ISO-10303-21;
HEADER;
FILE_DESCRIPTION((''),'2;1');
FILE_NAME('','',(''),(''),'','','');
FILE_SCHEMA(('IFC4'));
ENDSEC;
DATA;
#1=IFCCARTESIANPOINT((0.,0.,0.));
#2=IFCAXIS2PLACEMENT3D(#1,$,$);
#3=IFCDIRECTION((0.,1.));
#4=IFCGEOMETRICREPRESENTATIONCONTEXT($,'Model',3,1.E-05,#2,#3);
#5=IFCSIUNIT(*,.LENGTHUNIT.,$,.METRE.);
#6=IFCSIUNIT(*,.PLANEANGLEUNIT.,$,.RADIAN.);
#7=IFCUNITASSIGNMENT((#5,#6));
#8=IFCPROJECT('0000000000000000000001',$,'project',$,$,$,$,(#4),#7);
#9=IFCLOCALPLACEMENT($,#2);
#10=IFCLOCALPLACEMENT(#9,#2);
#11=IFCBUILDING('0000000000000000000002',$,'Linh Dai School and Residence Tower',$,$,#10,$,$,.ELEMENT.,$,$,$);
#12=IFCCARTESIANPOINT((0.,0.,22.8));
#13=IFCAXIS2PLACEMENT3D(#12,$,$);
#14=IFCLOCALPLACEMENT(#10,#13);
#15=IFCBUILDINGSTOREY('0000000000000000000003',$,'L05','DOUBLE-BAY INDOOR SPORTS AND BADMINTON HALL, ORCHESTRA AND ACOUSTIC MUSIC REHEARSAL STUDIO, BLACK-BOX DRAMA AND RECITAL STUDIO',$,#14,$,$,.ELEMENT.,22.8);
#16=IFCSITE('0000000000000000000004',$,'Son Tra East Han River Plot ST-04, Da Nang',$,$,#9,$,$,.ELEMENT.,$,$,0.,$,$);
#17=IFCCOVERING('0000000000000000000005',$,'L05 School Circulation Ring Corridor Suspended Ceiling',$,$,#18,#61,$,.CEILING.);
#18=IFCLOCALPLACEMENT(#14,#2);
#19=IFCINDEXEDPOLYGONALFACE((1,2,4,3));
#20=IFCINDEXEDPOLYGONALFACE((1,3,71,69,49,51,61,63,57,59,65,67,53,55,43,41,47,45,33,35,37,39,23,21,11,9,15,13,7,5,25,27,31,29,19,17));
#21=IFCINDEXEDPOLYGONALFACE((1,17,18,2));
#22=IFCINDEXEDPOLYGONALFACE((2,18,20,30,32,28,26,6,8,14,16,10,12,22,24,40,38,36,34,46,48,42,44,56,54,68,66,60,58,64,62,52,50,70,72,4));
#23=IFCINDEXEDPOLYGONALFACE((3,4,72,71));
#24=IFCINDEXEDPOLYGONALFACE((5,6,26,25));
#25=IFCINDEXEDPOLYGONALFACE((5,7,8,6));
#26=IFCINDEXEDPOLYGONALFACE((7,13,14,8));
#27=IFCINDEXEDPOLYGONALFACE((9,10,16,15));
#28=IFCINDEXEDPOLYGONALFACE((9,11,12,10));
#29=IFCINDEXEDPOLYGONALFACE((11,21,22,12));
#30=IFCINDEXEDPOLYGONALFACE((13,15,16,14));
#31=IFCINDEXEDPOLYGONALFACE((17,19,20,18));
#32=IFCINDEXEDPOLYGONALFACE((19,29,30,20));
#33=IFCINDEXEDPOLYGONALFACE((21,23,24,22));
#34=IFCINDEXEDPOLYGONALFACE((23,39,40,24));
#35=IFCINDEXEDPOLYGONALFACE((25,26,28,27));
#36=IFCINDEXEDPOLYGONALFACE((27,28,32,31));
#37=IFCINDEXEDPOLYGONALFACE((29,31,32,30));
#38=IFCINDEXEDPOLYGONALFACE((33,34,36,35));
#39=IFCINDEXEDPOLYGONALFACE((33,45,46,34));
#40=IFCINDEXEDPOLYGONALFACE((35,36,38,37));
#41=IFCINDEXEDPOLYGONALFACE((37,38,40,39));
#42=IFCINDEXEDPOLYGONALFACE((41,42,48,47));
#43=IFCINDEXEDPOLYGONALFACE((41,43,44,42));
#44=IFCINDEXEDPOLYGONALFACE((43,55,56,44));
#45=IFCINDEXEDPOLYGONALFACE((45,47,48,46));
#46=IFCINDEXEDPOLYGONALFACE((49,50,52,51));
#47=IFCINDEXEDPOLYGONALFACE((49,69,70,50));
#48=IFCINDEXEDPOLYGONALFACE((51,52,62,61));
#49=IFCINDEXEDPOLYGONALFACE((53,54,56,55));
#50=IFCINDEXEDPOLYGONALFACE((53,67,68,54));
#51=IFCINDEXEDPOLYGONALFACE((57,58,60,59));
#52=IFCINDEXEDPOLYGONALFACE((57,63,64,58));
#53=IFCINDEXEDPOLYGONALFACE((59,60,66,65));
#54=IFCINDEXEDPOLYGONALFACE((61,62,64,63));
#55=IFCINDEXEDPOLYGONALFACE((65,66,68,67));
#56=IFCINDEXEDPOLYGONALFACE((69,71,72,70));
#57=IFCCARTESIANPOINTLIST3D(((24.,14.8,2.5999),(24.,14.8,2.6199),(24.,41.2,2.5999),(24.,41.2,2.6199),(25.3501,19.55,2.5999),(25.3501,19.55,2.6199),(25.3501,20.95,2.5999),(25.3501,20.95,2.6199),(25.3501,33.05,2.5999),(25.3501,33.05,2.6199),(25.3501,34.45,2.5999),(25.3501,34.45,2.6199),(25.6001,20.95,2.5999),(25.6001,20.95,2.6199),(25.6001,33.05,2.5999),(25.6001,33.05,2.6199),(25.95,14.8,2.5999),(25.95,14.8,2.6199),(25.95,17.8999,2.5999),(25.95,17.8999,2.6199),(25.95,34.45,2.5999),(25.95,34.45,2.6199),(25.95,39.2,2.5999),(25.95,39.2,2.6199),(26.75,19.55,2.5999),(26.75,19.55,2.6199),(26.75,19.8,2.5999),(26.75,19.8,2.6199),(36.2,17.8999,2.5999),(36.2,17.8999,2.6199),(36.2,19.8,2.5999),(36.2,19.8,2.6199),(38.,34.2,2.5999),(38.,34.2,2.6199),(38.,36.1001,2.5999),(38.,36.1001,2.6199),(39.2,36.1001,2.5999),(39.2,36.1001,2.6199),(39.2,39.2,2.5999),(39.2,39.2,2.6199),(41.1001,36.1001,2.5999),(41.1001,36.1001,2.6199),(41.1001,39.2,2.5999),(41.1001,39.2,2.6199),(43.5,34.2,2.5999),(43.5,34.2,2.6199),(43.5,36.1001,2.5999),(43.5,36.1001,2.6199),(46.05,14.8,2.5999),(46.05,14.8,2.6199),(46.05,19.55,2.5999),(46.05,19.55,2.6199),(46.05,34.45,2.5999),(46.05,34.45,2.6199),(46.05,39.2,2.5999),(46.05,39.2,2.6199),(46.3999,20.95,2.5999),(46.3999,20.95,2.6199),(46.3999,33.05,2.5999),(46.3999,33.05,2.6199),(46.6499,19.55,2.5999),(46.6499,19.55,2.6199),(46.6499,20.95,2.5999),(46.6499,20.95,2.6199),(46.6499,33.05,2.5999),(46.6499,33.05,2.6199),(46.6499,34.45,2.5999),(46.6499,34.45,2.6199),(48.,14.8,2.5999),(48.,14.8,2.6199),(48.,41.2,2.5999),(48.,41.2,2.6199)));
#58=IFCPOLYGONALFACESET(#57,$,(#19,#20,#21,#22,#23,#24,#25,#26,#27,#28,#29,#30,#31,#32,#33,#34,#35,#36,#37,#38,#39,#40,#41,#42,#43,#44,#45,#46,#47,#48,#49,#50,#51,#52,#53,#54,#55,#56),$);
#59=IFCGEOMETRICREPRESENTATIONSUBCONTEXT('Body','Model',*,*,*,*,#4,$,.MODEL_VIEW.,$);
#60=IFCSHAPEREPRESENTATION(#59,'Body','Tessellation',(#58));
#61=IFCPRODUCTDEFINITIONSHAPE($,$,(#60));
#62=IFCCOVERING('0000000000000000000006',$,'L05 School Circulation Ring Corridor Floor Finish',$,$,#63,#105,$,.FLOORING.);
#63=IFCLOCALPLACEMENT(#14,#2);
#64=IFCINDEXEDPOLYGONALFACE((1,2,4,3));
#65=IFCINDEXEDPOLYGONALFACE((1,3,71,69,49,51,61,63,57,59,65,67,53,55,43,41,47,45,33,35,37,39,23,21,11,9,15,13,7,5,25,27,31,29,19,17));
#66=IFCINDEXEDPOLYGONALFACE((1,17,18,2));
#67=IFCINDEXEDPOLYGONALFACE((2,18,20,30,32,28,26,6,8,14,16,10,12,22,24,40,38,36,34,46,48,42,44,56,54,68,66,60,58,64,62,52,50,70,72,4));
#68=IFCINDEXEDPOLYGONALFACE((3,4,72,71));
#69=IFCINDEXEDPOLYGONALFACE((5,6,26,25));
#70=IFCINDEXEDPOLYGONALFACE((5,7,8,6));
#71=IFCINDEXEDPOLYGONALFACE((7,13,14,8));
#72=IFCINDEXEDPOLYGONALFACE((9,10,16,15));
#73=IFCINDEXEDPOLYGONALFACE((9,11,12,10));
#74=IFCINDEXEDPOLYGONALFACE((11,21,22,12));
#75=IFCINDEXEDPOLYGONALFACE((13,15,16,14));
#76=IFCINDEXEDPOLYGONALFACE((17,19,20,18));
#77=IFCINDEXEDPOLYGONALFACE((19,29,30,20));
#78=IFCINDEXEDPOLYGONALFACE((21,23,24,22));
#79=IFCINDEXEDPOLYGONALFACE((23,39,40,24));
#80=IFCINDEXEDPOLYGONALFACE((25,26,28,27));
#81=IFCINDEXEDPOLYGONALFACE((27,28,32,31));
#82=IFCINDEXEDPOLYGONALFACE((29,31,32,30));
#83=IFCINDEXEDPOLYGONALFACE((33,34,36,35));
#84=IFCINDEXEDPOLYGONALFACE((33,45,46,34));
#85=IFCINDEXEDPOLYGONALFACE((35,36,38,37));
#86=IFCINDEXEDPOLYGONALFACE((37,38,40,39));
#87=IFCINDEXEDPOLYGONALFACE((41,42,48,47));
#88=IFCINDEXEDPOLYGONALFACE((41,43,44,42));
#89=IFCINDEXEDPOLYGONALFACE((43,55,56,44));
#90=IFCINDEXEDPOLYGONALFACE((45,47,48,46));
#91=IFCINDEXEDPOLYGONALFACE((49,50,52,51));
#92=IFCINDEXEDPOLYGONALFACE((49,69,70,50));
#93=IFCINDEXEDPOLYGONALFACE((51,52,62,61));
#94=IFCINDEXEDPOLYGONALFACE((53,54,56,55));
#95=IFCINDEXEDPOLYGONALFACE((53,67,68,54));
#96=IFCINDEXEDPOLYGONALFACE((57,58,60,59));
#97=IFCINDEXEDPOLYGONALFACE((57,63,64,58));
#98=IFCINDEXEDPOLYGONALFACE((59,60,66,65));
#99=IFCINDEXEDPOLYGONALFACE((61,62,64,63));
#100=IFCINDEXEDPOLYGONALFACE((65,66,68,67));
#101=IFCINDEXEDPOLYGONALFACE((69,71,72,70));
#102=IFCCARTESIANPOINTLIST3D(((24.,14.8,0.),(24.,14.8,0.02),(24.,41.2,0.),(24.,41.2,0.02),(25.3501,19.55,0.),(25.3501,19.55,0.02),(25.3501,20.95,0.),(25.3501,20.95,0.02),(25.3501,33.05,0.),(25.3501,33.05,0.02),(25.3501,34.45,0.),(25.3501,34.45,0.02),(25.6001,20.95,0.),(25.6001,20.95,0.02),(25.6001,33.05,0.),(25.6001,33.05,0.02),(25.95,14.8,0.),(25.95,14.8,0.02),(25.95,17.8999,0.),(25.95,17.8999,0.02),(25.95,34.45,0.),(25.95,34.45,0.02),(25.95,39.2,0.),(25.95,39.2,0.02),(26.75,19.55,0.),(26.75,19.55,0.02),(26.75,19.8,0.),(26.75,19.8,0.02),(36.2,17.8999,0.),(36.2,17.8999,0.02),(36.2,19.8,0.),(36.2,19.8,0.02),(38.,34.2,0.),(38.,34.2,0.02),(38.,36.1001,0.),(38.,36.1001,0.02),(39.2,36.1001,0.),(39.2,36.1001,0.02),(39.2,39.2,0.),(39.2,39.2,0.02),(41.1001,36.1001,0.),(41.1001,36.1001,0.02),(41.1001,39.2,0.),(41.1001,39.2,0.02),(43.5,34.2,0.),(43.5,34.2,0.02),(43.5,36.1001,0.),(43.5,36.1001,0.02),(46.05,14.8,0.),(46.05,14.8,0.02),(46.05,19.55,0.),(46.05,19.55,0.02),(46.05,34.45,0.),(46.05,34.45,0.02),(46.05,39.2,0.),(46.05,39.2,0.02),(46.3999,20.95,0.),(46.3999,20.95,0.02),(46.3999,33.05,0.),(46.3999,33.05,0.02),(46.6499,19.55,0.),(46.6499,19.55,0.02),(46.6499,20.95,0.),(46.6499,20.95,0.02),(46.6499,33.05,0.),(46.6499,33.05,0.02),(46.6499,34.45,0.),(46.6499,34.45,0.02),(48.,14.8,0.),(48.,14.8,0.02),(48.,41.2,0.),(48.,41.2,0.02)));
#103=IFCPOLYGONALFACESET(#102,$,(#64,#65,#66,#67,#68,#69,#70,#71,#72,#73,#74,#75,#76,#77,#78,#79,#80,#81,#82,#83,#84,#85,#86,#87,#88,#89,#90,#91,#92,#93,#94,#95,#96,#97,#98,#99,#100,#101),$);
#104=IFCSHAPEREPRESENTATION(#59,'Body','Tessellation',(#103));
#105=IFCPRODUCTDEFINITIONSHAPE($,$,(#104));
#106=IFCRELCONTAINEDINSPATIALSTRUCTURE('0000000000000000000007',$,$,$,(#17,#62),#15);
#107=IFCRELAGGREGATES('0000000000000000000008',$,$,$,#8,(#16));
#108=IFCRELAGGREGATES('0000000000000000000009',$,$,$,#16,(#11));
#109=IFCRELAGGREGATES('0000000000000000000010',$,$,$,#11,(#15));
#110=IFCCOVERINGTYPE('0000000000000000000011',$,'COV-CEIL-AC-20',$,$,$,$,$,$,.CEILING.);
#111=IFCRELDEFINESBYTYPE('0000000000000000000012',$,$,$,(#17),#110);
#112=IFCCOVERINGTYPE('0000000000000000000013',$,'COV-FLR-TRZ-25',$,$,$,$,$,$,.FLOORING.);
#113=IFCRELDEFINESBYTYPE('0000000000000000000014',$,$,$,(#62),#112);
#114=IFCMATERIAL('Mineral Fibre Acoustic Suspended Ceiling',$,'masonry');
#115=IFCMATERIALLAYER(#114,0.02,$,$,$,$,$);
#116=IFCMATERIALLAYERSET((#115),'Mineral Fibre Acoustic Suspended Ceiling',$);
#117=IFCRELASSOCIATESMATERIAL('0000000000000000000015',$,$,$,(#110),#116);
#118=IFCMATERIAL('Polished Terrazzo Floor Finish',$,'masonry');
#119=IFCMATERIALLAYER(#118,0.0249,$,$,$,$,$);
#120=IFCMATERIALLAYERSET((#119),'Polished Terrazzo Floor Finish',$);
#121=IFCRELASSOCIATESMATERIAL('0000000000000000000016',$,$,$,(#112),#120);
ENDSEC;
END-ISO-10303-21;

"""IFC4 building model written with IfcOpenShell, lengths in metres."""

from ifc_helpers import new_model, si_unit, direction, frame, origin, place, context, subcontext, project, spatial, polyline, outline, extrude, material, layer, layer_set, type_object, element, save


model = new_model("IFC4")

# Units and contexts
model_context = context("Model", 3, precision=1e-05, world=origin(), true_north=direction((0.0, 1.0)))
body_context = subcontext(model_context, "Body", "Model", "MODEL_VIEW")
ifc_project = project(units=[si_unit("LENGTHUNIT", "METRE"), si_unit("PLANEANGLEUNIT", "RADIAN")], contexts=[model_context])

# Site, building, storey
site_placement = place(None, origin())
site = spatial("IfcSite", under=ifc_project, at=site_placement, Name="Son Tra East Han River Plot ST-04, Da Nang", CompositionType="ELEMENT", RefElevation=0.0)
building_placement = place(site_placement, origin())
building = spatial("IfcBuilding", under=site, at=building_placement, Name="Linh Dai School and Residence Tower", CompositionType="ELEMENT")
storey_placement = place(building_placement, frame((0.0, 0.0, 22.8)))
storey = spatial("IfcBuildingStorey", under=building, at=storey_placement, Name="L05", Description="DOUBLE-BAY INDOOR SPORTS AND BADMINTON HALL, ORCHESTRA AND ACOUSTIC MUSIC REHEARSAL STUDIO, BLACK-BOX DRAMA AND RECITAL STUDIO", CompositionType="ELEMENT", Elevation=22.8)

# Coverings
ifc_material_1 = material(Name="Mineral Fibre Acoustic Suspended Ceiling", Category="masonry")
ifc_layer_1 = layer(ifc_material_1, 0.02)
ifc_layer_set_1 = layer_set([ifc_layer_1], Name="Mineral Fibre Acoustic Suspended Ceiling")
covering_type_1 = type_object("IfcCoveringType", Name="COV-CEIL-AC-20", PredefinedType="CEILING", material=ifc_layer_set_1)
covering_1_placement = place(storey_placement, frame((0.0, 0.0, 2.5999)))
element("IfcCovering", 1, at=covering_1_placement, inside=storey, type_object=covering_type_1, Name="L05 School Circulation Ring Corridor Suspended Ceiling", PredefinedType="CEILING", context=body_context, shape_type="SweptSolid", body=[
    extrude(outline(polyline([(24.0, 41.2), (48.0, 41.2), (48.0, 14.8), (46.05, 14.8), (46.05, 19.55), (46.6499, 19.55), (46.6499, 20.95), (46.3999, 20.95), (46.3999, 33.05), (46.6499, 33.05), (46.6499, 34.45), (46.05, 34.45), (46.05, 39.2), (41.1001, 39.2), (41.1001, 36.1001), (43.5, 36.1001), (43.5, 34.2), (38.0, 34.2), (38.0, 36.1001), (39.2, 36.1001), (39.2, 39.2), (25.95, 39.2), (25.95, 34.45), (25.3501, 34.45), (25.3501, 33.05), (25.6001, 33.05), (25.6001, 20.95), (25.3501, 20.95), (25.3501, 19.55), (26.75, 19.55), (26.75, 19.8), (36.2, 19.8), (36.2, 17.8999), (25.95, 17.8999), (25.95, 14.8), (24.0, 14.8), (24.0, 41.2)])), origin(), (0.0, 0.0, 1.0), 0.02),
])
ifc_material_2 = material(Name="Polished Terrazzo Floor Finish", Category="masonry")
ifc_layer_2 = layer(ifc_material_2, 0.0249)
ifc_layer_set_2 = layer_set([ifc_layer_2], Name="Polished Terrazzo Floor Finish")
covering_type_2 = type_object("IfcCoveringType", Name="COV-FLR-TRZ-25", PredefinedType="FLOORING", material=ifc_layer_set_2)
covering_2_placement = place(storey_placement, origin())
element("IfcCovering", 2, at=covering_2_placement, inside=storey, type_object=covering_type_2, Name="L05 School Circulation Ring Corridor Floor Finish", PredefinedType="FLOORING", context=body_context, shape_type="SweptSolid", body=[
    extrude(outline(polyline([(24.0, 41.2), (48.0, 41.2), (48.0, 14.8), (46.05, 14.8), (46.05, 19.55), (46.6499, 19.55), (46.6499, 20.95), (46.3999, 20.95), (46.3999, 33.05), (46.6499, 33.05), (46.6499, 34.45), (46.05, 34.45), (46.05, 39.2), (41.1001, 39.2), (41.1001, 36.1001), (43.5, 36.1001), (43.5, 34.2), (38.0, 34.2), (38.0, 36.1001), (39.2, 36.1001), (39.2, 39.2), (25.95, 39.2), (25.95, 34.45), (25.3501, 34.45), (25.3501, 33.05), (25.6001, 33.05), (25.6001, 20.95), (25.3501, 20.95), (25.3501, 19.55), (26.75, 19.55), (26.75, 19.8), (36.2, 19.8), (36.2, 17.8999), (25.95, 17.8999), (25.95, 14.8), (24.0, 14.8), (24.0, 41.2)])), origin(), (0.0, 0.0, 1.0), 0.02),
])

save(model, "model.ifc")
